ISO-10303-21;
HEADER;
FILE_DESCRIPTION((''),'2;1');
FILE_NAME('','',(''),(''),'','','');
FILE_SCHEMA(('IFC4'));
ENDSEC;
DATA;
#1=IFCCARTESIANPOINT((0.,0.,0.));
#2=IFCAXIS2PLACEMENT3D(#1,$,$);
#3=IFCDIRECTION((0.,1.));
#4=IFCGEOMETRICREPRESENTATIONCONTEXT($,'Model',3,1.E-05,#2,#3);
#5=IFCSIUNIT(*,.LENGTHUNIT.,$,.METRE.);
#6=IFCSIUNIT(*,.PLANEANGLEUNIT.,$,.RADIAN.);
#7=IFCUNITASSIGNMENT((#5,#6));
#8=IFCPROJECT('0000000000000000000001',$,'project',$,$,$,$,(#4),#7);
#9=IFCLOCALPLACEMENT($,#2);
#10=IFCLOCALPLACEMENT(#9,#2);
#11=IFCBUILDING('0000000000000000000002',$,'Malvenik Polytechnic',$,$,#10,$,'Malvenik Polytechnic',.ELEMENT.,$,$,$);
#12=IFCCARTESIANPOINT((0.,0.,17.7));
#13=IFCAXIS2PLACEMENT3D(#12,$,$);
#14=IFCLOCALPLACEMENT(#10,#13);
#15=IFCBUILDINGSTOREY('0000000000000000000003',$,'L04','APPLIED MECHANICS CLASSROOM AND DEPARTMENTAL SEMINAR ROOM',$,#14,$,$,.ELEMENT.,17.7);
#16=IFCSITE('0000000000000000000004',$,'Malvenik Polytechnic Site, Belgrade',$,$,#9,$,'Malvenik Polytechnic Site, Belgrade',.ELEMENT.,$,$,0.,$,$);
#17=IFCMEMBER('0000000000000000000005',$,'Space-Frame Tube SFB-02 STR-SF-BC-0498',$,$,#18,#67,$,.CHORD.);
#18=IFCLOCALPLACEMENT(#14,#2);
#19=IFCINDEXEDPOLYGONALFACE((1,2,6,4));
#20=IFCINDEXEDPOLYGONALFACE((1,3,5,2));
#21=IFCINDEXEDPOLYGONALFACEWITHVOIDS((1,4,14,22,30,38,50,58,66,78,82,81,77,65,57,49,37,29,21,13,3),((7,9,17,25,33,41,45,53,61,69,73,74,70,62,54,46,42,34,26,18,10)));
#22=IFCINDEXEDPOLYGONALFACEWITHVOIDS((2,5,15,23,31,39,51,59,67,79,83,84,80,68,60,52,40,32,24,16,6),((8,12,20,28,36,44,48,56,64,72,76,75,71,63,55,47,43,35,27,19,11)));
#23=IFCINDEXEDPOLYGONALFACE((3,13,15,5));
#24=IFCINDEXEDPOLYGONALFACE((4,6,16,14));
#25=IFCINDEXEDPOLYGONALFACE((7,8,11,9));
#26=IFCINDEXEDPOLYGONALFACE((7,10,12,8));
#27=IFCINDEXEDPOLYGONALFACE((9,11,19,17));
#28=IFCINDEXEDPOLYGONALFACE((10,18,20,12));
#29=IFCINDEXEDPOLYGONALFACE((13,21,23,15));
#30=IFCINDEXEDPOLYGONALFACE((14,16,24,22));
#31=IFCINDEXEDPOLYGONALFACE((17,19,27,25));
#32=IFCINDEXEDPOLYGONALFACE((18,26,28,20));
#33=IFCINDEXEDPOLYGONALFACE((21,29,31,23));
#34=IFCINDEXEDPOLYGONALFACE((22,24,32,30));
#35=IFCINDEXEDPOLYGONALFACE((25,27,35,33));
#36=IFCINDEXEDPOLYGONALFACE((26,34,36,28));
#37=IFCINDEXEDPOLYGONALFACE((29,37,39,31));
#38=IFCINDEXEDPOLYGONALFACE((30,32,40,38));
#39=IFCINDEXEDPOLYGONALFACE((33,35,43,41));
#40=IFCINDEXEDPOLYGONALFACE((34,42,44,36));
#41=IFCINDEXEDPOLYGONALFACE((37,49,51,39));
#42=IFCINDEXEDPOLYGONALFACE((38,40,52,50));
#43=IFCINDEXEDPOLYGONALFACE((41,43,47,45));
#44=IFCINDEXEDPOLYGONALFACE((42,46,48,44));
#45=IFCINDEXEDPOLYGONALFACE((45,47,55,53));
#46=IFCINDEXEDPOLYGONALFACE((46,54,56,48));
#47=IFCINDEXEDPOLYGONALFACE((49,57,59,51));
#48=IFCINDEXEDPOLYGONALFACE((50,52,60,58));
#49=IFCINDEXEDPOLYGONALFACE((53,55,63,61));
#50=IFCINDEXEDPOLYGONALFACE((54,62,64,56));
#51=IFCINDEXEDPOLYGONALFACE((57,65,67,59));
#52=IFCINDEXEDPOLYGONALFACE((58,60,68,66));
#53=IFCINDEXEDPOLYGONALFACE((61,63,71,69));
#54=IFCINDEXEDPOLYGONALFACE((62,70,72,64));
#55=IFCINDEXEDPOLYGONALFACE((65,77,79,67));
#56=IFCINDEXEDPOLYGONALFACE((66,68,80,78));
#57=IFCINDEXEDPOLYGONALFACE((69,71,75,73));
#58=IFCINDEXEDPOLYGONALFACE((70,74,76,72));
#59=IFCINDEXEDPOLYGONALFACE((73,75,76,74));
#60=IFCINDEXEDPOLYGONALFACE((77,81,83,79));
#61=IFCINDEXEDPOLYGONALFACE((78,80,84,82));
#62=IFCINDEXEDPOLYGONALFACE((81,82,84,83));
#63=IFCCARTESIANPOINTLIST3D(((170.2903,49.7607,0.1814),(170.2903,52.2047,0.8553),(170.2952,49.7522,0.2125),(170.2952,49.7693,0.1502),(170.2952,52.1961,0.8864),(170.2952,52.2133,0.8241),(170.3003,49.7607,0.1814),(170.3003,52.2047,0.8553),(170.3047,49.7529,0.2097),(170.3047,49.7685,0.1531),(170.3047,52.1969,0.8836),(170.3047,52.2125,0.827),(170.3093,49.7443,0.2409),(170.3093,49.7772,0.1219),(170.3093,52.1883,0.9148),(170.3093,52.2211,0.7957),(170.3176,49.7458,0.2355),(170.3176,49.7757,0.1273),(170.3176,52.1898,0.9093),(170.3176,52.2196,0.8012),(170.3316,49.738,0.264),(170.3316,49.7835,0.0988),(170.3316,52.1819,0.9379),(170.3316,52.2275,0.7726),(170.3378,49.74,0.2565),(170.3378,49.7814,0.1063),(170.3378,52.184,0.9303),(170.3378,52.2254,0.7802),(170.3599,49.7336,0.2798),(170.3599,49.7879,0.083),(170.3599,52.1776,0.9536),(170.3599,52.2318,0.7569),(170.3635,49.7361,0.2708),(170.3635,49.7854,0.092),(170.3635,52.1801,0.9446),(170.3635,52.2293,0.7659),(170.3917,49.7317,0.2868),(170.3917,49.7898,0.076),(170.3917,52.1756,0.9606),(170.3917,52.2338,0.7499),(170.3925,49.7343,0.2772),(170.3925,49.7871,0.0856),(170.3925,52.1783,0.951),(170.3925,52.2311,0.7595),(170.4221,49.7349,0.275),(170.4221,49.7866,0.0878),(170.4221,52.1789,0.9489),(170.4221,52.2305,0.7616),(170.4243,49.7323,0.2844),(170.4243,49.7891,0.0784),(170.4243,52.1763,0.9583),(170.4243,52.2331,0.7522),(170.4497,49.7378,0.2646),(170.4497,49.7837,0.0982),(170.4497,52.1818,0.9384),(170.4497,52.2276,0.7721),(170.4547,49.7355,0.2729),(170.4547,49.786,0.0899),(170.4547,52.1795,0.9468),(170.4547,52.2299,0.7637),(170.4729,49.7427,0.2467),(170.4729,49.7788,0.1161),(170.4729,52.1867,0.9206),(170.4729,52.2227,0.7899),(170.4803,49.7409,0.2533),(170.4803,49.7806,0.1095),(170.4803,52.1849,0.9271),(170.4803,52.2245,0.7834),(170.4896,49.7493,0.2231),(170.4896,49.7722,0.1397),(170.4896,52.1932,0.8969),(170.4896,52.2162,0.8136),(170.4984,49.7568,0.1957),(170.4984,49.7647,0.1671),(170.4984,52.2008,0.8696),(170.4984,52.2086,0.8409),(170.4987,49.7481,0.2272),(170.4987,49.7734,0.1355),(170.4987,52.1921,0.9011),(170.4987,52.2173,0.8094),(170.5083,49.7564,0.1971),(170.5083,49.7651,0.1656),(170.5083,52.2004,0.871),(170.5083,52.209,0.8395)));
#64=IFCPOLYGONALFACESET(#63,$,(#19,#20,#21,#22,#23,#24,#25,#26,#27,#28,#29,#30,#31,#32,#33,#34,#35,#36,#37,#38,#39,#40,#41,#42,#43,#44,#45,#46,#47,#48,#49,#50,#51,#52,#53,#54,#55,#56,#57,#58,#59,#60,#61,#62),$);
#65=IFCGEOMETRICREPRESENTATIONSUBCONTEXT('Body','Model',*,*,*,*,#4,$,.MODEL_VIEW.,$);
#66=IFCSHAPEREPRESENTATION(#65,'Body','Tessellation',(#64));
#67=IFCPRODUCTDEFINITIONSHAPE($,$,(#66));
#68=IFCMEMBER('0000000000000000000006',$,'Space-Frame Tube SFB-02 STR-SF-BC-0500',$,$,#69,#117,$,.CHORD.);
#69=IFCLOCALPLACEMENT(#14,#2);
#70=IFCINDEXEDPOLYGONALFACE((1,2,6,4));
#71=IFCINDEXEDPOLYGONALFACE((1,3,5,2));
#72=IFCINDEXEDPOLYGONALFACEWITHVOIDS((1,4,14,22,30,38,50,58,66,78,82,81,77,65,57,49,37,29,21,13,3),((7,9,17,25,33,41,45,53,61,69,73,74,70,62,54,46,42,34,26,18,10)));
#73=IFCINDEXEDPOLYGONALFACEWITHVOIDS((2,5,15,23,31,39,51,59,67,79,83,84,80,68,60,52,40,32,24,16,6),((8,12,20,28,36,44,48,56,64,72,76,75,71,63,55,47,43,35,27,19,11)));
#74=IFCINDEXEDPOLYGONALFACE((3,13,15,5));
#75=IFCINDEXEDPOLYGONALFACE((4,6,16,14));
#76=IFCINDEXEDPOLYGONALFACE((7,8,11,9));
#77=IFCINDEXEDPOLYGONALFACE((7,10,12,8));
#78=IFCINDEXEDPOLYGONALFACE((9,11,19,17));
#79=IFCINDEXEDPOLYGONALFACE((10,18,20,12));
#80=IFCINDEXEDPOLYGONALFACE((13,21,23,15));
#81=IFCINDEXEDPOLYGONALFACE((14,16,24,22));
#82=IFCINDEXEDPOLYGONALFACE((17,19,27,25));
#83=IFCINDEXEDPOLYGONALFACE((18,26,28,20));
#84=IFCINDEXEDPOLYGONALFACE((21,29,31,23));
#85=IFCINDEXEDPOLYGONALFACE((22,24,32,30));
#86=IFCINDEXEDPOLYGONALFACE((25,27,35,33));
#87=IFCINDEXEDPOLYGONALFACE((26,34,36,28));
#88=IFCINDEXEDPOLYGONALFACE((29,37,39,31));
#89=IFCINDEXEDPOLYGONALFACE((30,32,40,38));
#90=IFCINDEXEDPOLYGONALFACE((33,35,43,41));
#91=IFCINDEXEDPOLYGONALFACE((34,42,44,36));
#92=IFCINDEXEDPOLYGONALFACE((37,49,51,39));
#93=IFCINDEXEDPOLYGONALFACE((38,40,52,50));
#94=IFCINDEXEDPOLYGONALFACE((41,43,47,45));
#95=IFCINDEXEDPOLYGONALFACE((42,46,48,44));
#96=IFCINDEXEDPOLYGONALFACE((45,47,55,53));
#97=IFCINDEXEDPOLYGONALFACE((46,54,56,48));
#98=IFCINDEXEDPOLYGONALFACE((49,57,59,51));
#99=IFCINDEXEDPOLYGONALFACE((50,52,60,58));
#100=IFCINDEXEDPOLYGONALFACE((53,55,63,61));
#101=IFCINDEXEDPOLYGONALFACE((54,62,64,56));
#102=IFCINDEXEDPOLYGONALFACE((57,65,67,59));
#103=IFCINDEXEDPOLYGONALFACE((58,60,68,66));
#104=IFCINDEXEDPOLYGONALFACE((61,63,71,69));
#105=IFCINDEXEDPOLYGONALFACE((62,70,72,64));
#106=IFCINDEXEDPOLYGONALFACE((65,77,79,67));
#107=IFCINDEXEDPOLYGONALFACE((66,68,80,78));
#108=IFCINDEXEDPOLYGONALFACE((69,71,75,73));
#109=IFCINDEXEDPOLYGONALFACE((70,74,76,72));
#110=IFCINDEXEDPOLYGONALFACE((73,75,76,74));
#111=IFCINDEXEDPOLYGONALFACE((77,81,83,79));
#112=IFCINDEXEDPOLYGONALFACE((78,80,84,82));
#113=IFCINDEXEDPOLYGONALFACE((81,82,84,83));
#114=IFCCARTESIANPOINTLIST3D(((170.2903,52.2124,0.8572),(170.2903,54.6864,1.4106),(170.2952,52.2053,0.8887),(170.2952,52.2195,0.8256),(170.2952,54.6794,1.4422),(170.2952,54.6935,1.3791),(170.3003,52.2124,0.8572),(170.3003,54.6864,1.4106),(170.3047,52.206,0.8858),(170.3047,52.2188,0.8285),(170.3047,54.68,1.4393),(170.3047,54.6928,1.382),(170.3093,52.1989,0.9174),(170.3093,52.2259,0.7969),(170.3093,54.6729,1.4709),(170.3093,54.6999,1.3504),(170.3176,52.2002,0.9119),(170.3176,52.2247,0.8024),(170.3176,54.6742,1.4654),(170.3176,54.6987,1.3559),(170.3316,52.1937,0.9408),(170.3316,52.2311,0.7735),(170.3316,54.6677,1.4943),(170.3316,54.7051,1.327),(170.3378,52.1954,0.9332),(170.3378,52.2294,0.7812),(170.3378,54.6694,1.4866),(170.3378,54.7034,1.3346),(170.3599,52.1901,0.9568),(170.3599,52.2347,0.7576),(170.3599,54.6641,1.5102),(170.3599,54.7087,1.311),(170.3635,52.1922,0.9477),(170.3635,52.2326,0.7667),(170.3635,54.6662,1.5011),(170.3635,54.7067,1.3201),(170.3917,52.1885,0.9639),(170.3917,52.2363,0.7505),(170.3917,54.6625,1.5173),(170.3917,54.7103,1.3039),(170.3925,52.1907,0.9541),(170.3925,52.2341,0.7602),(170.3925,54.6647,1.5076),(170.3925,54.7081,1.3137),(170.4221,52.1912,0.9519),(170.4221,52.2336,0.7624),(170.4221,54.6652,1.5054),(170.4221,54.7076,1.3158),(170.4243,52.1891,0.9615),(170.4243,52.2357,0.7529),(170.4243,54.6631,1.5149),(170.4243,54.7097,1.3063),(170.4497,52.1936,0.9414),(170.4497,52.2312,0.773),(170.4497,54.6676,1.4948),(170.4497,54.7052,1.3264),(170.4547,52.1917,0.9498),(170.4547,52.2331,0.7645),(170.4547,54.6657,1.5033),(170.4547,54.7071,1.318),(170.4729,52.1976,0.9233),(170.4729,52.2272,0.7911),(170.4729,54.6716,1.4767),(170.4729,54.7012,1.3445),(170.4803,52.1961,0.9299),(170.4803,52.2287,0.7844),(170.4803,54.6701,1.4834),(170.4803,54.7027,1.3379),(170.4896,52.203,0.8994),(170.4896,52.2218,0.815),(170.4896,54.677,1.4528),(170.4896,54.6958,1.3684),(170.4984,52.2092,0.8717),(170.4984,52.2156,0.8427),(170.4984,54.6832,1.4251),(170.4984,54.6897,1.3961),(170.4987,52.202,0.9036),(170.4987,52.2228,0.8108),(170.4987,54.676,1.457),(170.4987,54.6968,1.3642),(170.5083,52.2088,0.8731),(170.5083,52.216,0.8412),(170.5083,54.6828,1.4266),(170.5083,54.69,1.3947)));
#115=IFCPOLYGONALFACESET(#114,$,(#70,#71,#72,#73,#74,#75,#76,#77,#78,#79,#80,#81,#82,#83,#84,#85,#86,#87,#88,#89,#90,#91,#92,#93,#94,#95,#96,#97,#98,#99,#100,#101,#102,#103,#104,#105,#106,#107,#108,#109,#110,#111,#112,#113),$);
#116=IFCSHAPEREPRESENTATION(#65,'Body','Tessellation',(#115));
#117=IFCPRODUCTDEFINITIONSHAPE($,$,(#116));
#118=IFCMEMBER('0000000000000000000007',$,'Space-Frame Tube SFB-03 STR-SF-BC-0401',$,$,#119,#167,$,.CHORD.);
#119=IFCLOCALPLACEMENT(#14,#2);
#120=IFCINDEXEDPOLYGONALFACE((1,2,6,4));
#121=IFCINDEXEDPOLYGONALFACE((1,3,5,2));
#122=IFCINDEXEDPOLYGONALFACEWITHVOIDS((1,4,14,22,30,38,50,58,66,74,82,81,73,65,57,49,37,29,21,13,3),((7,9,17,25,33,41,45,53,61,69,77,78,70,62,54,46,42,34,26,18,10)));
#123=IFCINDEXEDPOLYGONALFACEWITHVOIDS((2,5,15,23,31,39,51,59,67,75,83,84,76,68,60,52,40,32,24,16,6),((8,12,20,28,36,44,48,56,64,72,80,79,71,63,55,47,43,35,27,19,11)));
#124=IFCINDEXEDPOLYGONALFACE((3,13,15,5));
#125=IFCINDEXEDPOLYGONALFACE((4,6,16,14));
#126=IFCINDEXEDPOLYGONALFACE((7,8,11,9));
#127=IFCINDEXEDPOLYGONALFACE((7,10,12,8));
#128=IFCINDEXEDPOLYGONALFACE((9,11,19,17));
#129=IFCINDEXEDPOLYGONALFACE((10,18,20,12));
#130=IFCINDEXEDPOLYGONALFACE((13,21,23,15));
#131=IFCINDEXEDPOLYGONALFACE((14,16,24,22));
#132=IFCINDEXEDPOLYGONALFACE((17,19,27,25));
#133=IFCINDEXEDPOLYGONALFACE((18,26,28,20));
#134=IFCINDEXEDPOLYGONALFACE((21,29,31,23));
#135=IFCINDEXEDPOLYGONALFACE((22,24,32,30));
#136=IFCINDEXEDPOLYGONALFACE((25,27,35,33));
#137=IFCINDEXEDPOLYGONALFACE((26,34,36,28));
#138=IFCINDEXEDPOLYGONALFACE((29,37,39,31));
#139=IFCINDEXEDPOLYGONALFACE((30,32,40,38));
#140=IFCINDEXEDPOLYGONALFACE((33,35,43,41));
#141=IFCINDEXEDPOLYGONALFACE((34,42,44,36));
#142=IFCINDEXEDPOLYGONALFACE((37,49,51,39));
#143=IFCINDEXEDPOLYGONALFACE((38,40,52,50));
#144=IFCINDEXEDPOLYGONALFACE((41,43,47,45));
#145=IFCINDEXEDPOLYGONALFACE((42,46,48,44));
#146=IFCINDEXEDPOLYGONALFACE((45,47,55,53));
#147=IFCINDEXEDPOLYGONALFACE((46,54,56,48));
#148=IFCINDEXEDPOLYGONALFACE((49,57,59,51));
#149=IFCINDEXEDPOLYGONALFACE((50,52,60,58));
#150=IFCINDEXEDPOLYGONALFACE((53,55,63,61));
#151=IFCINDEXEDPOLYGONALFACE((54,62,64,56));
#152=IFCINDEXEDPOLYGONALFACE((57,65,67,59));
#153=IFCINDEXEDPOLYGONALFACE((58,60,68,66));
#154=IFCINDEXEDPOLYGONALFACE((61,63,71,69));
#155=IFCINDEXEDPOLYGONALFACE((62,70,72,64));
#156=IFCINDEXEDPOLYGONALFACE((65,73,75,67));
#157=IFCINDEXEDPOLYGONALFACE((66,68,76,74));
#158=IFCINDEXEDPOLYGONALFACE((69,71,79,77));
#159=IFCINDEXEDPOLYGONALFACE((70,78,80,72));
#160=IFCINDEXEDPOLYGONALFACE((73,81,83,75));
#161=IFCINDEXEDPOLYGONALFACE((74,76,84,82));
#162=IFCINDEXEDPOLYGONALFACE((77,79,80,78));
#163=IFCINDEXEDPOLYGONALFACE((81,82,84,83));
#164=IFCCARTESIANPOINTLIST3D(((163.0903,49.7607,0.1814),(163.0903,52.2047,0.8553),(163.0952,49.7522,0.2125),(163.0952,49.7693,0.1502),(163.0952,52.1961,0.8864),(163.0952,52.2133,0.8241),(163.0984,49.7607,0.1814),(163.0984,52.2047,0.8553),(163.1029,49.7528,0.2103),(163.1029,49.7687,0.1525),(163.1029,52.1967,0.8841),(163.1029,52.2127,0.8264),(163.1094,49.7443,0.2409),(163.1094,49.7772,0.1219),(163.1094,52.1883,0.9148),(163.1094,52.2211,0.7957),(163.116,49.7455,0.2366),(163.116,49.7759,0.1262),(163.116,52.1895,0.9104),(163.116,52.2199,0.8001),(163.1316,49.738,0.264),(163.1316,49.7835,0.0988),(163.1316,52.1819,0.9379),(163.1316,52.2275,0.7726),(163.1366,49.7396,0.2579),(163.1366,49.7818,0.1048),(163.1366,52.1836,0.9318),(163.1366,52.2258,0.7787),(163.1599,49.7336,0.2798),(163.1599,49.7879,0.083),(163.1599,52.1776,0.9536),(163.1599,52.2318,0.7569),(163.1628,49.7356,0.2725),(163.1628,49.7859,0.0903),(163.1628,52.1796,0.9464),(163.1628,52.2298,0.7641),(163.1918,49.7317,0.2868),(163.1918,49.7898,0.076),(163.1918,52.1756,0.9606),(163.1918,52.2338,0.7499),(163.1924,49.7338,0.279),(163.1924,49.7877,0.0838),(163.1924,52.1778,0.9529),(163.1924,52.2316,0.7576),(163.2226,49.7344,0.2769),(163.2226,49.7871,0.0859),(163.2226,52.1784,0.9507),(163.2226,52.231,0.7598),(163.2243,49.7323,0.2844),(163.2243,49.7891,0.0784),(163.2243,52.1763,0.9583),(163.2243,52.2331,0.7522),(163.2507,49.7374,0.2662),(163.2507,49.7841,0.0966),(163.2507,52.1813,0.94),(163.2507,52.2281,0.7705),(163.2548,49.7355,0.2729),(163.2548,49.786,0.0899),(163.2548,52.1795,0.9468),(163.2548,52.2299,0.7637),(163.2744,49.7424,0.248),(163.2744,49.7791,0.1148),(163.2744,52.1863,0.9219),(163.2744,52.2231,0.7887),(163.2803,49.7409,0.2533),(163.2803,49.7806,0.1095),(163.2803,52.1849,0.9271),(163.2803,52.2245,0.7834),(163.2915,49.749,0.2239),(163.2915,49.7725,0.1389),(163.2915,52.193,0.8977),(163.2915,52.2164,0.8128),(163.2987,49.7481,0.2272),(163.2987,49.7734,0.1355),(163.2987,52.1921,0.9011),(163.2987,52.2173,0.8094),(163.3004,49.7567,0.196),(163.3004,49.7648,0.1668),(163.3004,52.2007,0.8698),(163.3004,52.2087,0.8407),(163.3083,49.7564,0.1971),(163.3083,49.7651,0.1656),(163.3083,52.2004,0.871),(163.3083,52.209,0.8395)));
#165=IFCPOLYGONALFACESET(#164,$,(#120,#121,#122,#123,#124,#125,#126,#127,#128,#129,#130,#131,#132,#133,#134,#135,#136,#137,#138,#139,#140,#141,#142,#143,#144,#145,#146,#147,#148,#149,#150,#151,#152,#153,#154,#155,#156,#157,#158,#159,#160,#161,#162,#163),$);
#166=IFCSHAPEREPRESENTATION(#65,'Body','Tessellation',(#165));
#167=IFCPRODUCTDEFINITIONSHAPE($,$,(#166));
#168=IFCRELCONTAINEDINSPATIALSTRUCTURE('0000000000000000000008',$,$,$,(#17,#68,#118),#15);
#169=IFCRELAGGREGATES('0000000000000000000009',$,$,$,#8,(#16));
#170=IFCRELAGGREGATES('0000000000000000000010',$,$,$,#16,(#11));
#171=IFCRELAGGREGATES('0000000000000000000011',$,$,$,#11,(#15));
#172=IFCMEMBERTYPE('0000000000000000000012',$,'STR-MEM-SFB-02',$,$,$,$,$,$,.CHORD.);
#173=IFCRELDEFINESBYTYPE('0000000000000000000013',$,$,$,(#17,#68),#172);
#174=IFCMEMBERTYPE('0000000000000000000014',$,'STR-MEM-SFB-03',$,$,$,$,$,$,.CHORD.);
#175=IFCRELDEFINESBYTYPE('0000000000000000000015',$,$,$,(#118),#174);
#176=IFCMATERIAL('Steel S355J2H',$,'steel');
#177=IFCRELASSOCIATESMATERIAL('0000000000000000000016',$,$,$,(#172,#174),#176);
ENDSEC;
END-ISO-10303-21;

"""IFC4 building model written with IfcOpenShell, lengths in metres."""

from ifc_helpers import new_model, si_unit, direction, frame, origin, origin_2d, place, context, subcontext, project, spatial, hollow_circle, extrude, material, material_profile, profile_set, type_object, element, save


model = new_model("IFC4")

# Units and contexts
model_context = context("Model", 3, precision=1e-05, world=origin(), true_north=direction((0.0, 1.0)))
body_context = subcontext(model_context, "Body", "Model", "MODEL_VIEW")
ifc_project = project(units=[si_unit("LENGTHUNIT", "METRE"), si_unit("PLANEANGLEUNIT", "RADIAN")], contexts=[model_context])

# Site, building, storey
site_placement = place(None, origin())
site = spatial("IfcSite", under=ifc_project, at=site_placement, Name="Malvenik Polytechnic Site, Belgrade", LongName="Malvenik Polytechnic Site, Belgrade", CompositionType="ELEMENT", RefElevation=0.0)
building_placement = place(site_placement, origin())
building = spatial("IfcBuilding", under=site, at=building_placement, Name="Malvenik Polytechnic", LongName="Malvenik Polytechnic", CompositionType="ELEMENT")
storey_placement = place(building_placement, frame((0.0, 0.0, 17.7)))
storey = spatial("IfcBuildingStorey", under=building, at=storey_placement, Name="L04", Description="APPLIED MECHANICS CLASSROOM AND DEPARTMENTAL SEMINAR ROOM", CompositionType="ELEMENT", Elevation=17.7)

# Members
ifc_material = material(Name="Steel S355J2H", Category="steel")
ifc_material_profile_1 = material_profile(ifc_material, hollow_circle(Radius=0.1096, WallThickness=0.01, at=origin_2d()), Name="CHS 219.1x10.0")
ifc_profile_set_1 = profile_set([ifc_material_profile_1], Name="Steel S355J2H")
member_type_1 = type_object("IfcMemberType", Name="STR-MEM-SFB-02", PredefinedType="CHORD", material=ifc_profile_set_1)
for number, where, z_axis, x_axis, name in (
    (1, (170.3999, 49.7607, 0.1814), (0.0, 0.964027, 0.265806), (-1.0, 0.0, 0.0), "Space-Frame Tube SFB-02 STR-SF-BC-0498"),
    (2, (170.3999, 52.2124, 0.8572), (0.0, 0.97588, 0.218307), (-1.0, 0.0, 0.0), "Space-Frame Tube SFB-02 STR-SF-BC-0500"),
):
    element("IfcMember", number, at=place(storey_placement, frame(where, z_axis=z_axis, x_axis=x_axis)), inside=storey, type_object=member_type_1, Name=name, PredefinedType="CHORD", context=body_context, shape_type="SweptSolid", body=[
        extrude(hollow_circle(Radius=0.1096, WallThickness=0.01, at=origin_2d()), origin(), (0.0, 0.0, 1.0), 2.5352),
    ])
ifc_material_profile_2 = material_profile(ifc_material, hollow_circle(Radius=0.1096, WallThickness=0.0081, at=origin_2d()), Name="CHS 219.1x8.0")
ifc_profile_set_2 = profile_set([ifc_material_profile_2], Name="Steel S355J2H")
member_type_2 = type_object("IfcMemberType", Name="STR-MEM-SFB-03", PredefinedType="CHORD", material=ifc_profile_set_2)
for number, where, z_axis, x_axis, name in (
    (3, (163.2, 49.7607, 0.1814), (0.0, 0.964027, 0.265806), (-1.0, 0.0, 0.0), "Space-Frame Tube SFB-03 STR-SF-BC-0401"),
):
    element("IfcMember", number, at=place(storey_placement, frame(where, z_axis=z_axis, x_axis=x_axis)), inside=storey, type_object=member_type_2, Name=name, PredefinedType="CHORD", context=body_context, shape_type="SweptSolid", body=[
        extrude(hollow_circle(Radius=0.1096, WallThickness=0.0081, at=origin_2d()), origin(), (0.0, 0.0, 1.0), 2.5352),
    ])

save(model, "model.ifc")
